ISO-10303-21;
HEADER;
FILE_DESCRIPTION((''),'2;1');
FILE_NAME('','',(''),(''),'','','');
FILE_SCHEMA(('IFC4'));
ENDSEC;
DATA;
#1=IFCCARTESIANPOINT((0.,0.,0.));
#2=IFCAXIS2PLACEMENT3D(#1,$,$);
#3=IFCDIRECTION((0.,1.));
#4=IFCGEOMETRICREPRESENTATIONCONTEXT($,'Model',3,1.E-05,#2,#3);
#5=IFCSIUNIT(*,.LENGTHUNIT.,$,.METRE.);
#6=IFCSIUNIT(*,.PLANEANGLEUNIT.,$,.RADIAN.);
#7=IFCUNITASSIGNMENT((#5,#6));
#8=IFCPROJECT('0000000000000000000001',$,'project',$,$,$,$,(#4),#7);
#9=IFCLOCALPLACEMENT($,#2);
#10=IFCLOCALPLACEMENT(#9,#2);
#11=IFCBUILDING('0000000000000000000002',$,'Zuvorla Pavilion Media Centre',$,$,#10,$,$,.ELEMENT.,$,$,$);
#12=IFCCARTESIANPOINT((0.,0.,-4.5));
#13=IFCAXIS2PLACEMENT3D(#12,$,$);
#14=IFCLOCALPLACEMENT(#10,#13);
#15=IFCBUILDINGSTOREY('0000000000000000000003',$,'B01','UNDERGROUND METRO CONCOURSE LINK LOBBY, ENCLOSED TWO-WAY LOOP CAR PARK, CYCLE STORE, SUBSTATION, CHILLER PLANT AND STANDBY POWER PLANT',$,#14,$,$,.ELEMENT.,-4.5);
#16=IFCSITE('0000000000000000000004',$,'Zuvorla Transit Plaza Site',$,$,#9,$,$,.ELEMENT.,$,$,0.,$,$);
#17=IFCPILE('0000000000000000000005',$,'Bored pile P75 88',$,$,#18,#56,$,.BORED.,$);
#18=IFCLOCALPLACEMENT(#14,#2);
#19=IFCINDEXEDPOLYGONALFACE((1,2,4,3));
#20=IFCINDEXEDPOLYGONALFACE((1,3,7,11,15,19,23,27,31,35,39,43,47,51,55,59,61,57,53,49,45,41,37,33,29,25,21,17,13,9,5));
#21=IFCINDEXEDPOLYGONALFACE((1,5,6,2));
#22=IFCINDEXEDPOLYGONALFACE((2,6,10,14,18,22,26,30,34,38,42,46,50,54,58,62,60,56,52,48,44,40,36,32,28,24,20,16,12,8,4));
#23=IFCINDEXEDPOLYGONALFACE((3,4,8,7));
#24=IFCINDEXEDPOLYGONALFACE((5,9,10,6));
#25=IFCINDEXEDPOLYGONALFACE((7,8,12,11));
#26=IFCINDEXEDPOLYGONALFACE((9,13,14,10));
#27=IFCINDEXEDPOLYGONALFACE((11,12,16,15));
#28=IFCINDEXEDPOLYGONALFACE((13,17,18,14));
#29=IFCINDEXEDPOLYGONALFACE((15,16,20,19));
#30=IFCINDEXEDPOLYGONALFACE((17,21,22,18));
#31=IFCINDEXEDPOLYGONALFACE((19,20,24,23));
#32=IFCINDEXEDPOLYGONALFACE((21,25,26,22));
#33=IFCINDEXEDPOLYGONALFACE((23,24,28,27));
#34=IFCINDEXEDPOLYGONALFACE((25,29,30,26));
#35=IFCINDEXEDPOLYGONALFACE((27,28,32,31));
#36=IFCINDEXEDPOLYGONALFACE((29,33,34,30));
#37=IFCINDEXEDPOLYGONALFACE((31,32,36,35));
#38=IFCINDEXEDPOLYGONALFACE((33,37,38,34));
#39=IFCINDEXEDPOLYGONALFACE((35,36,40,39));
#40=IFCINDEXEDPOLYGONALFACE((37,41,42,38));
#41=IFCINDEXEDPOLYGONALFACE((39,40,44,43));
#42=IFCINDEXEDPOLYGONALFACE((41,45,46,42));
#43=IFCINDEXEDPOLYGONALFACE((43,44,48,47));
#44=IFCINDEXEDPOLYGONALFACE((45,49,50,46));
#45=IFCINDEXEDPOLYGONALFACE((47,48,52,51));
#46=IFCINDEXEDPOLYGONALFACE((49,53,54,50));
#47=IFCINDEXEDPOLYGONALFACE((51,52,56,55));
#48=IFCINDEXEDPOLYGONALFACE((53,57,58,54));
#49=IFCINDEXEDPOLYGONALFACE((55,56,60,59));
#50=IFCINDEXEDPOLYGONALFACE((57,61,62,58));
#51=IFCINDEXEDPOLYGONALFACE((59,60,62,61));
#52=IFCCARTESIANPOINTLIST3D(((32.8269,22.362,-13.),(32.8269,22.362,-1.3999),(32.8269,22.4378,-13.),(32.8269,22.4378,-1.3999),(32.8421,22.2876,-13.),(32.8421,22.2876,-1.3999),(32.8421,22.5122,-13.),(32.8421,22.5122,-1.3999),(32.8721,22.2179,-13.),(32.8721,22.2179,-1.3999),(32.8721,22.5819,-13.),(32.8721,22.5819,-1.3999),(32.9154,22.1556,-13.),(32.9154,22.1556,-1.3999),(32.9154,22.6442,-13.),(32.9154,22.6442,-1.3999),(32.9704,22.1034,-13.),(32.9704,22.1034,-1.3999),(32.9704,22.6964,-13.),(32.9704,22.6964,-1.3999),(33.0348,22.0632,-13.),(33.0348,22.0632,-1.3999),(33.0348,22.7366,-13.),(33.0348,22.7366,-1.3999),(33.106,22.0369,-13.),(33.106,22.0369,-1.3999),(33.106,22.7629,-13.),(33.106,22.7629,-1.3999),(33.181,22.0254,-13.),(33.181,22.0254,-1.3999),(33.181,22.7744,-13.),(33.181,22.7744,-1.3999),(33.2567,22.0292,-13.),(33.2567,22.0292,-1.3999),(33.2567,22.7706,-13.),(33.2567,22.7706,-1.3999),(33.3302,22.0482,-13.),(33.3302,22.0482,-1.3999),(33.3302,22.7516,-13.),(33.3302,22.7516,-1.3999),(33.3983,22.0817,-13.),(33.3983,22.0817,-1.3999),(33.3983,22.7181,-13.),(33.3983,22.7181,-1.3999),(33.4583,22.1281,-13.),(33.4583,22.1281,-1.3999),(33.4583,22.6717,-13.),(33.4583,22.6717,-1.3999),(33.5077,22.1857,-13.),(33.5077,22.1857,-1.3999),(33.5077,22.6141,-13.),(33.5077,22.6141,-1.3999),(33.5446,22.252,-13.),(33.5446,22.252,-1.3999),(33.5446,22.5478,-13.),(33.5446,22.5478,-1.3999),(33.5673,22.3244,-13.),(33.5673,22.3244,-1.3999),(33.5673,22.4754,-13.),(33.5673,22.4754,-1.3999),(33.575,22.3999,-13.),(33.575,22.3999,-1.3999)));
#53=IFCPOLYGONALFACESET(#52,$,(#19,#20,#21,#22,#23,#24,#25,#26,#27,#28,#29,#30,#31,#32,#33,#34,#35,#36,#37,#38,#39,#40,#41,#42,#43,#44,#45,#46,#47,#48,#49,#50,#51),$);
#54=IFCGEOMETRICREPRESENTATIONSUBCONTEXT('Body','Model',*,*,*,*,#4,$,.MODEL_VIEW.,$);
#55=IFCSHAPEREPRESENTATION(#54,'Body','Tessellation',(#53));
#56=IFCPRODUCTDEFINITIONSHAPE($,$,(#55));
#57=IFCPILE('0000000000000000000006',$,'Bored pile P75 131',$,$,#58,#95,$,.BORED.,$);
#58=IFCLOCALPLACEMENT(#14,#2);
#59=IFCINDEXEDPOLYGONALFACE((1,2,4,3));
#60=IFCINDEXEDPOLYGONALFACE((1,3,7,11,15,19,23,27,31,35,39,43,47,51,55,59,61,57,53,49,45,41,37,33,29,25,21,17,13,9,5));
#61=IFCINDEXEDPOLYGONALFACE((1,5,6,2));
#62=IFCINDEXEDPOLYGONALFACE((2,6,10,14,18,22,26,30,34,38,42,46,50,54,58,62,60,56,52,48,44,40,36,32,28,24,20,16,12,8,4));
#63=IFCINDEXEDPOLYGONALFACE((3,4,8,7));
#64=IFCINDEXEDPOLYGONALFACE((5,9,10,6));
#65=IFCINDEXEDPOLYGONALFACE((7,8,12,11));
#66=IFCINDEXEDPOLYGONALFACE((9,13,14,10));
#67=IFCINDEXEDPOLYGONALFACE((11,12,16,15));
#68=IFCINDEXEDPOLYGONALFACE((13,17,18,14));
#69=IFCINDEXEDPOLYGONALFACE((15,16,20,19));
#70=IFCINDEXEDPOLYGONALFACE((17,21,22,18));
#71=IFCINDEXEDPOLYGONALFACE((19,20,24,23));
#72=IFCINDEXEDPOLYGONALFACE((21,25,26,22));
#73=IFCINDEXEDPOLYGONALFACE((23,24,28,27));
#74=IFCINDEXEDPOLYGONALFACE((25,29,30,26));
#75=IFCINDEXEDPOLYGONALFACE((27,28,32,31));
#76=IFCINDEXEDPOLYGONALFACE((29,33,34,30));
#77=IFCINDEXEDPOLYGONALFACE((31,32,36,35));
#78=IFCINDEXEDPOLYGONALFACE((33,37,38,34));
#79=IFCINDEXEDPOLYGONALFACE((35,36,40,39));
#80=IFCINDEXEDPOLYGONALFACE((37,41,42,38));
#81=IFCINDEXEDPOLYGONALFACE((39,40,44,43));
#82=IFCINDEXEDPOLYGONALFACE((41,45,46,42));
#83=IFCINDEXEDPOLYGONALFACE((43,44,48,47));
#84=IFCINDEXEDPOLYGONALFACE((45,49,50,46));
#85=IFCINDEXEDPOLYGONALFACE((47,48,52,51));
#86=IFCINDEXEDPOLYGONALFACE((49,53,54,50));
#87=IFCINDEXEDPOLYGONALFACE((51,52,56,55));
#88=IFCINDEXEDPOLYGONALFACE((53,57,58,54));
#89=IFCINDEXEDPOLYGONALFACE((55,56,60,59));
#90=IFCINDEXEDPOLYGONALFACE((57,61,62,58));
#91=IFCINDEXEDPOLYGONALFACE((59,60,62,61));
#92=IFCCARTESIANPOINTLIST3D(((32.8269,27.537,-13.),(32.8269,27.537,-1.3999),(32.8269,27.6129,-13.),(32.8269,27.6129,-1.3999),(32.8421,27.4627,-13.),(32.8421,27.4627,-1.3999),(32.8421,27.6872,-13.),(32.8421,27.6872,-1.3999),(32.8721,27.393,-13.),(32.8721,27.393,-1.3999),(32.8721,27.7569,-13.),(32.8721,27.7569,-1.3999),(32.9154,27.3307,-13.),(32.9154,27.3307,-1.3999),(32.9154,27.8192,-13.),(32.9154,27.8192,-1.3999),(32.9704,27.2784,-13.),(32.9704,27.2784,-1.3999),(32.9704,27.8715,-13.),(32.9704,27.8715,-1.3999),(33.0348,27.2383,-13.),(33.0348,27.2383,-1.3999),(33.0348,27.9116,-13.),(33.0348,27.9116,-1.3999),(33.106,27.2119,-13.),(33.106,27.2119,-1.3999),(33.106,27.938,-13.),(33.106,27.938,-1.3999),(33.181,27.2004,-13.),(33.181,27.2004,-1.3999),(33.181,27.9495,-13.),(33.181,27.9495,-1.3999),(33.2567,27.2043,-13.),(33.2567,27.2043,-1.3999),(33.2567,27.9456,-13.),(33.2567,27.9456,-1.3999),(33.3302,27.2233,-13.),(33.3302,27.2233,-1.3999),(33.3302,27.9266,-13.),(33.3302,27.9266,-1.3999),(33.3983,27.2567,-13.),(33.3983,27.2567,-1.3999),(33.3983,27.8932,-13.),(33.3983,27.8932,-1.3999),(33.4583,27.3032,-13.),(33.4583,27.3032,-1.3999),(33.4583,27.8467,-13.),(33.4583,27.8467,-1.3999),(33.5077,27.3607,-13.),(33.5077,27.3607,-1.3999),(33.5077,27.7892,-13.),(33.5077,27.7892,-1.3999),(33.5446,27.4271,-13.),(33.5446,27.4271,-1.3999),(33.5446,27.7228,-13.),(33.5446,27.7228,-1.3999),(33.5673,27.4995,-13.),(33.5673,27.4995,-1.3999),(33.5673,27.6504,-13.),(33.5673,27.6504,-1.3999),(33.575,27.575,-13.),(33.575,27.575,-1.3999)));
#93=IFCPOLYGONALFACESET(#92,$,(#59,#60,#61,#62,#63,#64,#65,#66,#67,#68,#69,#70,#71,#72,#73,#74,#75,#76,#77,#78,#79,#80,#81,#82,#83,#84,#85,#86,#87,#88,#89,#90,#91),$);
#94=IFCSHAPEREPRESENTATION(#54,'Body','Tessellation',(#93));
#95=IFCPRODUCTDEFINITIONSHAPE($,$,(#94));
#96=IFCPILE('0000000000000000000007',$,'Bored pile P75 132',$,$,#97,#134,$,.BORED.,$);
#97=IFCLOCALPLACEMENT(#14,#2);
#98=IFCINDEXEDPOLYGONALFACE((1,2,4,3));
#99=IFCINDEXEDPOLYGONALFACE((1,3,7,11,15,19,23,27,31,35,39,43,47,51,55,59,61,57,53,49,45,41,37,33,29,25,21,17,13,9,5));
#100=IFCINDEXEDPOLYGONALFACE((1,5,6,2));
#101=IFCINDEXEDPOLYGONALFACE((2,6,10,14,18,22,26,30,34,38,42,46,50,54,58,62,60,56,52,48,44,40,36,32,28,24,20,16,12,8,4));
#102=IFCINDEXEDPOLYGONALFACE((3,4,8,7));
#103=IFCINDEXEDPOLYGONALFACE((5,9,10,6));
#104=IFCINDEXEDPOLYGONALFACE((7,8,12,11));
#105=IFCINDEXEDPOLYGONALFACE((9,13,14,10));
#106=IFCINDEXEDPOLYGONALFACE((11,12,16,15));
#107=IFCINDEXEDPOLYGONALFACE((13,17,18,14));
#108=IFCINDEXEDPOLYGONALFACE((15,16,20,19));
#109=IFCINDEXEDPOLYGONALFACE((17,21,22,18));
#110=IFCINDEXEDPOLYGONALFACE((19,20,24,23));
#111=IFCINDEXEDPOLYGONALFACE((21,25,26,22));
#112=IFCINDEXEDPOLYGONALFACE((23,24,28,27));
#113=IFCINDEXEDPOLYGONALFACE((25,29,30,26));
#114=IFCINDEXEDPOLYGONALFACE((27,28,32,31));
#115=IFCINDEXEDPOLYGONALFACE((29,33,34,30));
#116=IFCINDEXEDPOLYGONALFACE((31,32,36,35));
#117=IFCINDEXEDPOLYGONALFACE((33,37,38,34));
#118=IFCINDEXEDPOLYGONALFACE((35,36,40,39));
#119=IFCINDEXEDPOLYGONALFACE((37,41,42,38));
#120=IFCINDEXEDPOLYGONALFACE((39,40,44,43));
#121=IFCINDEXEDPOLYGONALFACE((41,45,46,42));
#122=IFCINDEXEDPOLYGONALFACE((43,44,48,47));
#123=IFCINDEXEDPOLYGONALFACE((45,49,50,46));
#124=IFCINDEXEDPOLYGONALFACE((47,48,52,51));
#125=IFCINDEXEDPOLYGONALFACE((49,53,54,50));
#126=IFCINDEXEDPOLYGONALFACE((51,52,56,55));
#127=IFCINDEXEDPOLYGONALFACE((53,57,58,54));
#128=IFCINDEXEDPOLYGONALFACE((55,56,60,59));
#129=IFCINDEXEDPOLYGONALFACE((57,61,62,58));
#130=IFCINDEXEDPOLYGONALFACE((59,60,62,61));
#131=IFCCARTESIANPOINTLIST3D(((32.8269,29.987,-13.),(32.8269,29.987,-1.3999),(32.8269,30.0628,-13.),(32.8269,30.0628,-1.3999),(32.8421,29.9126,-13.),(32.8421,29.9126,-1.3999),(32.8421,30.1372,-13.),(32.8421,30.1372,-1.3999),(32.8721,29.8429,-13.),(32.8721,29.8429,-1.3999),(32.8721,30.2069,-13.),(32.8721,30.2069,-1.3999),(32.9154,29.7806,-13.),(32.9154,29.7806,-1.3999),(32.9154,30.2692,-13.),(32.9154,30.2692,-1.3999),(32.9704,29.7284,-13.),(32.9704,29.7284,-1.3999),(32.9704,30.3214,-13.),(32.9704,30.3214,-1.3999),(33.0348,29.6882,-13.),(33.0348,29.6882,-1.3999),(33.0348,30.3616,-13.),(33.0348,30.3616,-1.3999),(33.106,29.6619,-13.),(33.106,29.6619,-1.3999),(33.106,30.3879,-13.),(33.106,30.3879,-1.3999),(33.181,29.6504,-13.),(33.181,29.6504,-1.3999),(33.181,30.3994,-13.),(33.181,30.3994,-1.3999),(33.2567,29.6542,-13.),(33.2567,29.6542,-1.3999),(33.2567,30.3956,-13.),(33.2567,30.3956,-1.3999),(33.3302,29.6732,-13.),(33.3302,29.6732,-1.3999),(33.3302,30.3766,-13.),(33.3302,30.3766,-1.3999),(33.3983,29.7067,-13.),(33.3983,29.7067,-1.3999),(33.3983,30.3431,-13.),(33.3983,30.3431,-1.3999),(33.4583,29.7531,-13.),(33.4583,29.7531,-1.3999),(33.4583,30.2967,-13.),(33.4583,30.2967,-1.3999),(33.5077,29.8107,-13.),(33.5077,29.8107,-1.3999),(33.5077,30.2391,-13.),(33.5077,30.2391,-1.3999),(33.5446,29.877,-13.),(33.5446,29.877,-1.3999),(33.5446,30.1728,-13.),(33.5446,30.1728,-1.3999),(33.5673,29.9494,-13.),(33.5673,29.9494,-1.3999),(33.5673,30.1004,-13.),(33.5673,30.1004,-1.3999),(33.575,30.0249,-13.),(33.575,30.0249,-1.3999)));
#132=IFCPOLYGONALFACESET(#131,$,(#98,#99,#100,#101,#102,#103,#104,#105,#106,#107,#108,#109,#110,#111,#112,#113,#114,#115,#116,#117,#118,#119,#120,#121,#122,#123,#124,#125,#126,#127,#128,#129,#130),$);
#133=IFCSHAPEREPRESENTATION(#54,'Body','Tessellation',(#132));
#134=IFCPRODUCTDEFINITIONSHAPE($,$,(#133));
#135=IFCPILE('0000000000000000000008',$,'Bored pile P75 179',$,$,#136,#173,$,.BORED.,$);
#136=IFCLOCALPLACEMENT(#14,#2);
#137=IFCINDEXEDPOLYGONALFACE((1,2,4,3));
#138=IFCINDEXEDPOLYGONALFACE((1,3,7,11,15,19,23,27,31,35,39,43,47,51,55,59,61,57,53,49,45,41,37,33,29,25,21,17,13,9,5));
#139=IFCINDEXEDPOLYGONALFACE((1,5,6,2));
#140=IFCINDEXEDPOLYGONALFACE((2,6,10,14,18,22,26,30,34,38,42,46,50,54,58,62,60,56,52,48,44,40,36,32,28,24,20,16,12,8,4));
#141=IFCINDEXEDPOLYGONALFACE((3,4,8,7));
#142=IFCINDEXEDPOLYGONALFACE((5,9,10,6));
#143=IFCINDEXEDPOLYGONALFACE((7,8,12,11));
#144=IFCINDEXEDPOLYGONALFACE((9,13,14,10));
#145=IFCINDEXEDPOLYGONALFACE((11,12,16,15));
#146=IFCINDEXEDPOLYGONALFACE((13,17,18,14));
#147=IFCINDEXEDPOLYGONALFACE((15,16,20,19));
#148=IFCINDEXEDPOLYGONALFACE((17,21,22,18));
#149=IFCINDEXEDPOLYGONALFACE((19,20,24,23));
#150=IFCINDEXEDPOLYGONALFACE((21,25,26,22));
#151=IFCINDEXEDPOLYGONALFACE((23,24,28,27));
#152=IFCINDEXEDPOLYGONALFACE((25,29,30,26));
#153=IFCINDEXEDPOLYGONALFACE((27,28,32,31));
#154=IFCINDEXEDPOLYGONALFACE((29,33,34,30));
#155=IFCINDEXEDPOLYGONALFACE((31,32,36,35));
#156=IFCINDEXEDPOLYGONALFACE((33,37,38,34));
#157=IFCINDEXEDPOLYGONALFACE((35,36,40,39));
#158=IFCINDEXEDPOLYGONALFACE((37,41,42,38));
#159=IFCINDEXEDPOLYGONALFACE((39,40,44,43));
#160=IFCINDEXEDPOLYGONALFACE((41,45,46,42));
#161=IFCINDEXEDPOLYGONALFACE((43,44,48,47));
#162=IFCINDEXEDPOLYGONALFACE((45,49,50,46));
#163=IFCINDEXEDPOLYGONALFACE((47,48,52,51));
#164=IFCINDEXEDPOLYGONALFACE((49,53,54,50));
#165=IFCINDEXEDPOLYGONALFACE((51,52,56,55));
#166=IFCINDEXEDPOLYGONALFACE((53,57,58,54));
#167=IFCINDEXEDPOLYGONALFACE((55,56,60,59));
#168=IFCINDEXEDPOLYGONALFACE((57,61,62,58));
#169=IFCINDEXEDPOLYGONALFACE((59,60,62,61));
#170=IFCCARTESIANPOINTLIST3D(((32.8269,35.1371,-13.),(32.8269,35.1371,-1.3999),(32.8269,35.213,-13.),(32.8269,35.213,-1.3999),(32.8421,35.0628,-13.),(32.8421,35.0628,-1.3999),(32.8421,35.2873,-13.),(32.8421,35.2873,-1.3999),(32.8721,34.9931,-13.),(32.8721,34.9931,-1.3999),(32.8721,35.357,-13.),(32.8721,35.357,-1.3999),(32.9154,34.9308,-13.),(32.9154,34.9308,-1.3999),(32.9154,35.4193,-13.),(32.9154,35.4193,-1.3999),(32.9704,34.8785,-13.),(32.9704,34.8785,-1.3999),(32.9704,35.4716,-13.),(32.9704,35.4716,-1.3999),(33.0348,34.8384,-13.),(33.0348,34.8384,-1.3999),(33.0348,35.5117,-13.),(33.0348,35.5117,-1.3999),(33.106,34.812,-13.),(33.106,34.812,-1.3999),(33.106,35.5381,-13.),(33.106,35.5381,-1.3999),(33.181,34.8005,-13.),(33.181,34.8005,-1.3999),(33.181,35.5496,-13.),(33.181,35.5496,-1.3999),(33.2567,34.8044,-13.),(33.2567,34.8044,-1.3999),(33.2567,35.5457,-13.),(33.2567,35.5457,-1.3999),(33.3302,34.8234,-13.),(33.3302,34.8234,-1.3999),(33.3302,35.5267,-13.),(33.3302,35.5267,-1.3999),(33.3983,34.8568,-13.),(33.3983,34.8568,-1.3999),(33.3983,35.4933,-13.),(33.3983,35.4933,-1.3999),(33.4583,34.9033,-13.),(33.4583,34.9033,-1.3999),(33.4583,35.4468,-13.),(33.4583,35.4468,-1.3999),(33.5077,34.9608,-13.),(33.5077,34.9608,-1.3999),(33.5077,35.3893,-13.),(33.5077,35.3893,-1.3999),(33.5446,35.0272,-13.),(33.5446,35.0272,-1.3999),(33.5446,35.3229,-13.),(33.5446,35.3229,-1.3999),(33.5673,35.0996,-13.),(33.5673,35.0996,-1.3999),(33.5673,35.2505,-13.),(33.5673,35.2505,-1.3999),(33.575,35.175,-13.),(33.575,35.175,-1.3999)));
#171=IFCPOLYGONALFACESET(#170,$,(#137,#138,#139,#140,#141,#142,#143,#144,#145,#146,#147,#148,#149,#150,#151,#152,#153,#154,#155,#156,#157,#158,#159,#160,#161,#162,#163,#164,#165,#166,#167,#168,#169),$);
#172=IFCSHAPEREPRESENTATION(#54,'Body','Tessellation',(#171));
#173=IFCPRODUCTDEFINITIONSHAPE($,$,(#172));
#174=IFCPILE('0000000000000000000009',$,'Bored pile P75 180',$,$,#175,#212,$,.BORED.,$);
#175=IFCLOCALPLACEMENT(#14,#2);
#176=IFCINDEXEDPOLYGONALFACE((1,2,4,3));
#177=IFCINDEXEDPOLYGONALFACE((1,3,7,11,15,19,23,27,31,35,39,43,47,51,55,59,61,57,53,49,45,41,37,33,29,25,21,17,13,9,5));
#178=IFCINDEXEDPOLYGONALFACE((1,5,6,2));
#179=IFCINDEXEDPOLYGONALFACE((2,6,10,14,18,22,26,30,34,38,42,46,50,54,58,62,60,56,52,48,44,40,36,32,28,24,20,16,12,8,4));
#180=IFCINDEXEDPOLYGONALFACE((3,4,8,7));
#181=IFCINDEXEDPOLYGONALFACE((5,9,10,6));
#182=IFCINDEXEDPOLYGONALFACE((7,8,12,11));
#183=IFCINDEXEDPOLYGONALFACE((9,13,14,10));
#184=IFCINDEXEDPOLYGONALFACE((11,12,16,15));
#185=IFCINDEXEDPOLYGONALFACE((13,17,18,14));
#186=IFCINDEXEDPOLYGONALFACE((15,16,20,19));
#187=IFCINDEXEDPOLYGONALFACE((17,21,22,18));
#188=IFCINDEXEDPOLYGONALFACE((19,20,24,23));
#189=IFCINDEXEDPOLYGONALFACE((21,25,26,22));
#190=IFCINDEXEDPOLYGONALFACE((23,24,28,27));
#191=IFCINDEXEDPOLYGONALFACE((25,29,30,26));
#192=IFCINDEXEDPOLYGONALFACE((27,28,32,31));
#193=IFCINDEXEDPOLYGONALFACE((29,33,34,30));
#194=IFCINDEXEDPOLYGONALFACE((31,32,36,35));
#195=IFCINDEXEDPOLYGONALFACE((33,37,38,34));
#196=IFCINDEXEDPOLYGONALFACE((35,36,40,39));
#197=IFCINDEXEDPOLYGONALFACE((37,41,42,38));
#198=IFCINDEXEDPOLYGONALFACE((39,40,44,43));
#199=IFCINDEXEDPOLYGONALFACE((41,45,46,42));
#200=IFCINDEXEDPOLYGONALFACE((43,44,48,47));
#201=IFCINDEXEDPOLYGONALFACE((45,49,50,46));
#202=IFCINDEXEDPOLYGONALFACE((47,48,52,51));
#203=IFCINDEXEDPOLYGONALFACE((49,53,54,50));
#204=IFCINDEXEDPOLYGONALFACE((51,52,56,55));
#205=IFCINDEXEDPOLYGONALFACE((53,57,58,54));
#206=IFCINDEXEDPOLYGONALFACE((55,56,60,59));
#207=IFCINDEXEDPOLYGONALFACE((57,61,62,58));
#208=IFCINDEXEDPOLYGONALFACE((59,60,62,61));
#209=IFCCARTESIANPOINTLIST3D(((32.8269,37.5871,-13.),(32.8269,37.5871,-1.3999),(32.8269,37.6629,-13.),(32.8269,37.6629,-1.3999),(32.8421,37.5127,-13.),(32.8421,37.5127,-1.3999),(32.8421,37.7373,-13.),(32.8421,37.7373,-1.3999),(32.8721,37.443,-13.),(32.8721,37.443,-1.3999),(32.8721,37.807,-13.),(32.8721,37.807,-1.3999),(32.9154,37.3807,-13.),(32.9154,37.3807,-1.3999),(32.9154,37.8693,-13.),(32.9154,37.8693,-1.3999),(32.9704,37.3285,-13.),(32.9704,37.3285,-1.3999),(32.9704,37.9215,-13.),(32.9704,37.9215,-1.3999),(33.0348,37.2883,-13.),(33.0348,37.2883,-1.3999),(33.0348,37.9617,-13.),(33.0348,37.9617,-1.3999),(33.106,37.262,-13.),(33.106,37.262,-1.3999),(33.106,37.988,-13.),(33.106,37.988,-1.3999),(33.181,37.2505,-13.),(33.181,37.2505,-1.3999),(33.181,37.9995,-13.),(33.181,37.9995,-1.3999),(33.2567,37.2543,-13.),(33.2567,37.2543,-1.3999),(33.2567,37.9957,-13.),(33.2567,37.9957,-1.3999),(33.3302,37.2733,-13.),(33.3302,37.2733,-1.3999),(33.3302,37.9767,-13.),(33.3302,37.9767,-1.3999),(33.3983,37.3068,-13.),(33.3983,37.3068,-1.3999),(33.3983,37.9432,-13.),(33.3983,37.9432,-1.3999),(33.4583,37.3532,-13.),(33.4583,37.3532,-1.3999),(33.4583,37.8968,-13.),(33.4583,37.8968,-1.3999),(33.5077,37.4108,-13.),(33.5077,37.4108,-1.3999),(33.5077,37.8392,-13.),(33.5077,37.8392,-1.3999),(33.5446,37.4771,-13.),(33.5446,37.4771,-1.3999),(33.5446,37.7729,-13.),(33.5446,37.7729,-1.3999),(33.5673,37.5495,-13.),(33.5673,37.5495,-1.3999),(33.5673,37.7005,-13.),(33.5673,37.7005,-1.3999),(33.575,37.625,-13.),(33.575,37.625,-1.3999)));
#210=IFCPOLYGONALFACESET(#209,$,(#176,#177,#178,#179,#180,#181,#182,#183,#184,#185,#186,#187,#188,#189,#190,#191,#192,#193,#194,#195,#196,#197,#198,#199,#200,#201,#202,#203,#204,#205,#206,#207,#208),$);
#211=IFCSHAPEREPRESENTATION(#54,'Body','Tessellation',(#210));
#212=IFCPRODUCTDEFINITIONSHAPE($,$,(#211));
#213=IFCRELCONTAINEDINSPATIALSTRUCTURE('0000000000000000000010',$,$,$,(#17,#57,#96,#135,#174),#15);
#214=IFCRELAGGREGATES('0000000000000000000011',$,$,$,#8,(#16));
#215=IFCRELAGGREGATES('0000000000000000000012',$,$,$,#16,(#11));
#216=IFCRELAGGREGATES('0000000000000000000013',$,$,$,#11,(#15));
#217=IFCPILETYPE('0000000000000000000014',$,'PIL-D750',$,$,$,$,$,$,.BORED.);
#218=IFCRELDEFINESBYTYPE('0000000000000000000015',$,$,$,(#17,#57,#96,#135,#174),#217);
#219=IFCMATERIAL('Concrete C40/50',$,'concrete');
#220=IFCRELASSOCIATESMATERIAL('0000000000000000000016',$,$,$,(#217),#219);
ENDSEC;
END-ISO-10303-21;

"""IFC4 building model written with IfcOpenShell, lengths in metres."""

from ifc_helpers import new_model, si_unit, direction, frame, origin, origin_2d, place, context, subcontext, project, spatial, circle, extrude, material, material_profile, profile_set, type_object, element, save


model = new_model("IFC4")

# Units and contexts
model_context = context("Model", 3, precision=1e-05, world=origin(), true_north=direction((0.0, 1.0)))
body_context = subcontext(model_context, "Body", "Model", "MODEL_VIEW")
ifc_project = project(units=[si_unit("LENGTHUNIT", "METRE"), si_unit("PLANEANGLEUNIT", "RADIAN")], contexts=[model_context])

# Site, building, storey
site_placement = place(None, origin())
site = spatial("IfcSite", under=ifc_project, at=site_placement, Name="Zuvorla Transit Plaza Site", CompositionType="ELEMENT", RefElevation=0.0)
building_placement = place(site_placement, origin())
building = spatial("IfcBuilding", under=site, at=building_placement, Name="Zuvorla Pavilion Media Centre", CompositionType="ELEMENT")
storey_placement = place(building_placement, frame((0.0, 0.0, -4.5)))
storey = spatial("IfcBuildingStorey", under=building, at=storey_placement, Name="B01", Description="UNDERGROUND METRO CONCOURSE LINK LOBBY, ENCLOSED TWO-WAY LOOP CAR PARK, CYCLE STORE, SUBSTATION, CHILLER PLANT AND STANDBY POWER PLANT", CompositionType="ELEMENT", Elevation=-4.5)

# Shared definitions
ifc_material = material(Name="Concrete C40/50", Category="concrete")

# Piles
ifc_material_profile_1 = material_profile(ifc_material, circle(Radius=0.375, at=origin_2d()), Name="BORED PILE 750")
ifc_profile_set_1 = profile_set([ifc_material_profile_1], Name="Concrete C40/50")
pile_type_1 = type_object("IfcPileType", Name="PIL-D750", PredefinedType="BORED", material=ifc_profile_set_1)
for number, where, z_axis, x_axis, name in (
    (1, (33.2, 22.3999, -1.3999), (0.0, 0.0, -1.0), (1.0, 0.0, 0.0), "Bored pile P75 88"),
    (2, (33.2, 27.575, -1.3999), (0.0, 0.0, -1.0), (1.0, 0.0, 0.0), "Bored pile P75 131"),
    (3, (33.2, 30.0249, -1.3999), (0.0, 0.0, -1.0), (1.0, 0.0, 0.0), "Bored pile P75 132"),
    (4, (33.2, 35.175, -1.3999), (0.0, 0.0, -1.0), (1.0, 0.0, 0.0), "Bored pile P75 179"),
    (5, (33.2, 37.625, -1.3999), (0.0, 0.0, -1.0), (1.0, 0.0, 0.0), "Bored pile P75 180"),
):
    element("IfcPile", number, at=place(storey_placement, frame(where, z_axis=z_axis, x_axis=x_axis)), inside=storey, type_object=pile_type_1, Name=name, PredefinedType="BORED", context=body_context, shape_type="SweptSolid", body=[
        extrude(circle(Radius=0.375, at=origin_2d()), origin(), (0.0, 0.0, 1.0), 11.6001),
    ])

save(model, "model.ifc")
